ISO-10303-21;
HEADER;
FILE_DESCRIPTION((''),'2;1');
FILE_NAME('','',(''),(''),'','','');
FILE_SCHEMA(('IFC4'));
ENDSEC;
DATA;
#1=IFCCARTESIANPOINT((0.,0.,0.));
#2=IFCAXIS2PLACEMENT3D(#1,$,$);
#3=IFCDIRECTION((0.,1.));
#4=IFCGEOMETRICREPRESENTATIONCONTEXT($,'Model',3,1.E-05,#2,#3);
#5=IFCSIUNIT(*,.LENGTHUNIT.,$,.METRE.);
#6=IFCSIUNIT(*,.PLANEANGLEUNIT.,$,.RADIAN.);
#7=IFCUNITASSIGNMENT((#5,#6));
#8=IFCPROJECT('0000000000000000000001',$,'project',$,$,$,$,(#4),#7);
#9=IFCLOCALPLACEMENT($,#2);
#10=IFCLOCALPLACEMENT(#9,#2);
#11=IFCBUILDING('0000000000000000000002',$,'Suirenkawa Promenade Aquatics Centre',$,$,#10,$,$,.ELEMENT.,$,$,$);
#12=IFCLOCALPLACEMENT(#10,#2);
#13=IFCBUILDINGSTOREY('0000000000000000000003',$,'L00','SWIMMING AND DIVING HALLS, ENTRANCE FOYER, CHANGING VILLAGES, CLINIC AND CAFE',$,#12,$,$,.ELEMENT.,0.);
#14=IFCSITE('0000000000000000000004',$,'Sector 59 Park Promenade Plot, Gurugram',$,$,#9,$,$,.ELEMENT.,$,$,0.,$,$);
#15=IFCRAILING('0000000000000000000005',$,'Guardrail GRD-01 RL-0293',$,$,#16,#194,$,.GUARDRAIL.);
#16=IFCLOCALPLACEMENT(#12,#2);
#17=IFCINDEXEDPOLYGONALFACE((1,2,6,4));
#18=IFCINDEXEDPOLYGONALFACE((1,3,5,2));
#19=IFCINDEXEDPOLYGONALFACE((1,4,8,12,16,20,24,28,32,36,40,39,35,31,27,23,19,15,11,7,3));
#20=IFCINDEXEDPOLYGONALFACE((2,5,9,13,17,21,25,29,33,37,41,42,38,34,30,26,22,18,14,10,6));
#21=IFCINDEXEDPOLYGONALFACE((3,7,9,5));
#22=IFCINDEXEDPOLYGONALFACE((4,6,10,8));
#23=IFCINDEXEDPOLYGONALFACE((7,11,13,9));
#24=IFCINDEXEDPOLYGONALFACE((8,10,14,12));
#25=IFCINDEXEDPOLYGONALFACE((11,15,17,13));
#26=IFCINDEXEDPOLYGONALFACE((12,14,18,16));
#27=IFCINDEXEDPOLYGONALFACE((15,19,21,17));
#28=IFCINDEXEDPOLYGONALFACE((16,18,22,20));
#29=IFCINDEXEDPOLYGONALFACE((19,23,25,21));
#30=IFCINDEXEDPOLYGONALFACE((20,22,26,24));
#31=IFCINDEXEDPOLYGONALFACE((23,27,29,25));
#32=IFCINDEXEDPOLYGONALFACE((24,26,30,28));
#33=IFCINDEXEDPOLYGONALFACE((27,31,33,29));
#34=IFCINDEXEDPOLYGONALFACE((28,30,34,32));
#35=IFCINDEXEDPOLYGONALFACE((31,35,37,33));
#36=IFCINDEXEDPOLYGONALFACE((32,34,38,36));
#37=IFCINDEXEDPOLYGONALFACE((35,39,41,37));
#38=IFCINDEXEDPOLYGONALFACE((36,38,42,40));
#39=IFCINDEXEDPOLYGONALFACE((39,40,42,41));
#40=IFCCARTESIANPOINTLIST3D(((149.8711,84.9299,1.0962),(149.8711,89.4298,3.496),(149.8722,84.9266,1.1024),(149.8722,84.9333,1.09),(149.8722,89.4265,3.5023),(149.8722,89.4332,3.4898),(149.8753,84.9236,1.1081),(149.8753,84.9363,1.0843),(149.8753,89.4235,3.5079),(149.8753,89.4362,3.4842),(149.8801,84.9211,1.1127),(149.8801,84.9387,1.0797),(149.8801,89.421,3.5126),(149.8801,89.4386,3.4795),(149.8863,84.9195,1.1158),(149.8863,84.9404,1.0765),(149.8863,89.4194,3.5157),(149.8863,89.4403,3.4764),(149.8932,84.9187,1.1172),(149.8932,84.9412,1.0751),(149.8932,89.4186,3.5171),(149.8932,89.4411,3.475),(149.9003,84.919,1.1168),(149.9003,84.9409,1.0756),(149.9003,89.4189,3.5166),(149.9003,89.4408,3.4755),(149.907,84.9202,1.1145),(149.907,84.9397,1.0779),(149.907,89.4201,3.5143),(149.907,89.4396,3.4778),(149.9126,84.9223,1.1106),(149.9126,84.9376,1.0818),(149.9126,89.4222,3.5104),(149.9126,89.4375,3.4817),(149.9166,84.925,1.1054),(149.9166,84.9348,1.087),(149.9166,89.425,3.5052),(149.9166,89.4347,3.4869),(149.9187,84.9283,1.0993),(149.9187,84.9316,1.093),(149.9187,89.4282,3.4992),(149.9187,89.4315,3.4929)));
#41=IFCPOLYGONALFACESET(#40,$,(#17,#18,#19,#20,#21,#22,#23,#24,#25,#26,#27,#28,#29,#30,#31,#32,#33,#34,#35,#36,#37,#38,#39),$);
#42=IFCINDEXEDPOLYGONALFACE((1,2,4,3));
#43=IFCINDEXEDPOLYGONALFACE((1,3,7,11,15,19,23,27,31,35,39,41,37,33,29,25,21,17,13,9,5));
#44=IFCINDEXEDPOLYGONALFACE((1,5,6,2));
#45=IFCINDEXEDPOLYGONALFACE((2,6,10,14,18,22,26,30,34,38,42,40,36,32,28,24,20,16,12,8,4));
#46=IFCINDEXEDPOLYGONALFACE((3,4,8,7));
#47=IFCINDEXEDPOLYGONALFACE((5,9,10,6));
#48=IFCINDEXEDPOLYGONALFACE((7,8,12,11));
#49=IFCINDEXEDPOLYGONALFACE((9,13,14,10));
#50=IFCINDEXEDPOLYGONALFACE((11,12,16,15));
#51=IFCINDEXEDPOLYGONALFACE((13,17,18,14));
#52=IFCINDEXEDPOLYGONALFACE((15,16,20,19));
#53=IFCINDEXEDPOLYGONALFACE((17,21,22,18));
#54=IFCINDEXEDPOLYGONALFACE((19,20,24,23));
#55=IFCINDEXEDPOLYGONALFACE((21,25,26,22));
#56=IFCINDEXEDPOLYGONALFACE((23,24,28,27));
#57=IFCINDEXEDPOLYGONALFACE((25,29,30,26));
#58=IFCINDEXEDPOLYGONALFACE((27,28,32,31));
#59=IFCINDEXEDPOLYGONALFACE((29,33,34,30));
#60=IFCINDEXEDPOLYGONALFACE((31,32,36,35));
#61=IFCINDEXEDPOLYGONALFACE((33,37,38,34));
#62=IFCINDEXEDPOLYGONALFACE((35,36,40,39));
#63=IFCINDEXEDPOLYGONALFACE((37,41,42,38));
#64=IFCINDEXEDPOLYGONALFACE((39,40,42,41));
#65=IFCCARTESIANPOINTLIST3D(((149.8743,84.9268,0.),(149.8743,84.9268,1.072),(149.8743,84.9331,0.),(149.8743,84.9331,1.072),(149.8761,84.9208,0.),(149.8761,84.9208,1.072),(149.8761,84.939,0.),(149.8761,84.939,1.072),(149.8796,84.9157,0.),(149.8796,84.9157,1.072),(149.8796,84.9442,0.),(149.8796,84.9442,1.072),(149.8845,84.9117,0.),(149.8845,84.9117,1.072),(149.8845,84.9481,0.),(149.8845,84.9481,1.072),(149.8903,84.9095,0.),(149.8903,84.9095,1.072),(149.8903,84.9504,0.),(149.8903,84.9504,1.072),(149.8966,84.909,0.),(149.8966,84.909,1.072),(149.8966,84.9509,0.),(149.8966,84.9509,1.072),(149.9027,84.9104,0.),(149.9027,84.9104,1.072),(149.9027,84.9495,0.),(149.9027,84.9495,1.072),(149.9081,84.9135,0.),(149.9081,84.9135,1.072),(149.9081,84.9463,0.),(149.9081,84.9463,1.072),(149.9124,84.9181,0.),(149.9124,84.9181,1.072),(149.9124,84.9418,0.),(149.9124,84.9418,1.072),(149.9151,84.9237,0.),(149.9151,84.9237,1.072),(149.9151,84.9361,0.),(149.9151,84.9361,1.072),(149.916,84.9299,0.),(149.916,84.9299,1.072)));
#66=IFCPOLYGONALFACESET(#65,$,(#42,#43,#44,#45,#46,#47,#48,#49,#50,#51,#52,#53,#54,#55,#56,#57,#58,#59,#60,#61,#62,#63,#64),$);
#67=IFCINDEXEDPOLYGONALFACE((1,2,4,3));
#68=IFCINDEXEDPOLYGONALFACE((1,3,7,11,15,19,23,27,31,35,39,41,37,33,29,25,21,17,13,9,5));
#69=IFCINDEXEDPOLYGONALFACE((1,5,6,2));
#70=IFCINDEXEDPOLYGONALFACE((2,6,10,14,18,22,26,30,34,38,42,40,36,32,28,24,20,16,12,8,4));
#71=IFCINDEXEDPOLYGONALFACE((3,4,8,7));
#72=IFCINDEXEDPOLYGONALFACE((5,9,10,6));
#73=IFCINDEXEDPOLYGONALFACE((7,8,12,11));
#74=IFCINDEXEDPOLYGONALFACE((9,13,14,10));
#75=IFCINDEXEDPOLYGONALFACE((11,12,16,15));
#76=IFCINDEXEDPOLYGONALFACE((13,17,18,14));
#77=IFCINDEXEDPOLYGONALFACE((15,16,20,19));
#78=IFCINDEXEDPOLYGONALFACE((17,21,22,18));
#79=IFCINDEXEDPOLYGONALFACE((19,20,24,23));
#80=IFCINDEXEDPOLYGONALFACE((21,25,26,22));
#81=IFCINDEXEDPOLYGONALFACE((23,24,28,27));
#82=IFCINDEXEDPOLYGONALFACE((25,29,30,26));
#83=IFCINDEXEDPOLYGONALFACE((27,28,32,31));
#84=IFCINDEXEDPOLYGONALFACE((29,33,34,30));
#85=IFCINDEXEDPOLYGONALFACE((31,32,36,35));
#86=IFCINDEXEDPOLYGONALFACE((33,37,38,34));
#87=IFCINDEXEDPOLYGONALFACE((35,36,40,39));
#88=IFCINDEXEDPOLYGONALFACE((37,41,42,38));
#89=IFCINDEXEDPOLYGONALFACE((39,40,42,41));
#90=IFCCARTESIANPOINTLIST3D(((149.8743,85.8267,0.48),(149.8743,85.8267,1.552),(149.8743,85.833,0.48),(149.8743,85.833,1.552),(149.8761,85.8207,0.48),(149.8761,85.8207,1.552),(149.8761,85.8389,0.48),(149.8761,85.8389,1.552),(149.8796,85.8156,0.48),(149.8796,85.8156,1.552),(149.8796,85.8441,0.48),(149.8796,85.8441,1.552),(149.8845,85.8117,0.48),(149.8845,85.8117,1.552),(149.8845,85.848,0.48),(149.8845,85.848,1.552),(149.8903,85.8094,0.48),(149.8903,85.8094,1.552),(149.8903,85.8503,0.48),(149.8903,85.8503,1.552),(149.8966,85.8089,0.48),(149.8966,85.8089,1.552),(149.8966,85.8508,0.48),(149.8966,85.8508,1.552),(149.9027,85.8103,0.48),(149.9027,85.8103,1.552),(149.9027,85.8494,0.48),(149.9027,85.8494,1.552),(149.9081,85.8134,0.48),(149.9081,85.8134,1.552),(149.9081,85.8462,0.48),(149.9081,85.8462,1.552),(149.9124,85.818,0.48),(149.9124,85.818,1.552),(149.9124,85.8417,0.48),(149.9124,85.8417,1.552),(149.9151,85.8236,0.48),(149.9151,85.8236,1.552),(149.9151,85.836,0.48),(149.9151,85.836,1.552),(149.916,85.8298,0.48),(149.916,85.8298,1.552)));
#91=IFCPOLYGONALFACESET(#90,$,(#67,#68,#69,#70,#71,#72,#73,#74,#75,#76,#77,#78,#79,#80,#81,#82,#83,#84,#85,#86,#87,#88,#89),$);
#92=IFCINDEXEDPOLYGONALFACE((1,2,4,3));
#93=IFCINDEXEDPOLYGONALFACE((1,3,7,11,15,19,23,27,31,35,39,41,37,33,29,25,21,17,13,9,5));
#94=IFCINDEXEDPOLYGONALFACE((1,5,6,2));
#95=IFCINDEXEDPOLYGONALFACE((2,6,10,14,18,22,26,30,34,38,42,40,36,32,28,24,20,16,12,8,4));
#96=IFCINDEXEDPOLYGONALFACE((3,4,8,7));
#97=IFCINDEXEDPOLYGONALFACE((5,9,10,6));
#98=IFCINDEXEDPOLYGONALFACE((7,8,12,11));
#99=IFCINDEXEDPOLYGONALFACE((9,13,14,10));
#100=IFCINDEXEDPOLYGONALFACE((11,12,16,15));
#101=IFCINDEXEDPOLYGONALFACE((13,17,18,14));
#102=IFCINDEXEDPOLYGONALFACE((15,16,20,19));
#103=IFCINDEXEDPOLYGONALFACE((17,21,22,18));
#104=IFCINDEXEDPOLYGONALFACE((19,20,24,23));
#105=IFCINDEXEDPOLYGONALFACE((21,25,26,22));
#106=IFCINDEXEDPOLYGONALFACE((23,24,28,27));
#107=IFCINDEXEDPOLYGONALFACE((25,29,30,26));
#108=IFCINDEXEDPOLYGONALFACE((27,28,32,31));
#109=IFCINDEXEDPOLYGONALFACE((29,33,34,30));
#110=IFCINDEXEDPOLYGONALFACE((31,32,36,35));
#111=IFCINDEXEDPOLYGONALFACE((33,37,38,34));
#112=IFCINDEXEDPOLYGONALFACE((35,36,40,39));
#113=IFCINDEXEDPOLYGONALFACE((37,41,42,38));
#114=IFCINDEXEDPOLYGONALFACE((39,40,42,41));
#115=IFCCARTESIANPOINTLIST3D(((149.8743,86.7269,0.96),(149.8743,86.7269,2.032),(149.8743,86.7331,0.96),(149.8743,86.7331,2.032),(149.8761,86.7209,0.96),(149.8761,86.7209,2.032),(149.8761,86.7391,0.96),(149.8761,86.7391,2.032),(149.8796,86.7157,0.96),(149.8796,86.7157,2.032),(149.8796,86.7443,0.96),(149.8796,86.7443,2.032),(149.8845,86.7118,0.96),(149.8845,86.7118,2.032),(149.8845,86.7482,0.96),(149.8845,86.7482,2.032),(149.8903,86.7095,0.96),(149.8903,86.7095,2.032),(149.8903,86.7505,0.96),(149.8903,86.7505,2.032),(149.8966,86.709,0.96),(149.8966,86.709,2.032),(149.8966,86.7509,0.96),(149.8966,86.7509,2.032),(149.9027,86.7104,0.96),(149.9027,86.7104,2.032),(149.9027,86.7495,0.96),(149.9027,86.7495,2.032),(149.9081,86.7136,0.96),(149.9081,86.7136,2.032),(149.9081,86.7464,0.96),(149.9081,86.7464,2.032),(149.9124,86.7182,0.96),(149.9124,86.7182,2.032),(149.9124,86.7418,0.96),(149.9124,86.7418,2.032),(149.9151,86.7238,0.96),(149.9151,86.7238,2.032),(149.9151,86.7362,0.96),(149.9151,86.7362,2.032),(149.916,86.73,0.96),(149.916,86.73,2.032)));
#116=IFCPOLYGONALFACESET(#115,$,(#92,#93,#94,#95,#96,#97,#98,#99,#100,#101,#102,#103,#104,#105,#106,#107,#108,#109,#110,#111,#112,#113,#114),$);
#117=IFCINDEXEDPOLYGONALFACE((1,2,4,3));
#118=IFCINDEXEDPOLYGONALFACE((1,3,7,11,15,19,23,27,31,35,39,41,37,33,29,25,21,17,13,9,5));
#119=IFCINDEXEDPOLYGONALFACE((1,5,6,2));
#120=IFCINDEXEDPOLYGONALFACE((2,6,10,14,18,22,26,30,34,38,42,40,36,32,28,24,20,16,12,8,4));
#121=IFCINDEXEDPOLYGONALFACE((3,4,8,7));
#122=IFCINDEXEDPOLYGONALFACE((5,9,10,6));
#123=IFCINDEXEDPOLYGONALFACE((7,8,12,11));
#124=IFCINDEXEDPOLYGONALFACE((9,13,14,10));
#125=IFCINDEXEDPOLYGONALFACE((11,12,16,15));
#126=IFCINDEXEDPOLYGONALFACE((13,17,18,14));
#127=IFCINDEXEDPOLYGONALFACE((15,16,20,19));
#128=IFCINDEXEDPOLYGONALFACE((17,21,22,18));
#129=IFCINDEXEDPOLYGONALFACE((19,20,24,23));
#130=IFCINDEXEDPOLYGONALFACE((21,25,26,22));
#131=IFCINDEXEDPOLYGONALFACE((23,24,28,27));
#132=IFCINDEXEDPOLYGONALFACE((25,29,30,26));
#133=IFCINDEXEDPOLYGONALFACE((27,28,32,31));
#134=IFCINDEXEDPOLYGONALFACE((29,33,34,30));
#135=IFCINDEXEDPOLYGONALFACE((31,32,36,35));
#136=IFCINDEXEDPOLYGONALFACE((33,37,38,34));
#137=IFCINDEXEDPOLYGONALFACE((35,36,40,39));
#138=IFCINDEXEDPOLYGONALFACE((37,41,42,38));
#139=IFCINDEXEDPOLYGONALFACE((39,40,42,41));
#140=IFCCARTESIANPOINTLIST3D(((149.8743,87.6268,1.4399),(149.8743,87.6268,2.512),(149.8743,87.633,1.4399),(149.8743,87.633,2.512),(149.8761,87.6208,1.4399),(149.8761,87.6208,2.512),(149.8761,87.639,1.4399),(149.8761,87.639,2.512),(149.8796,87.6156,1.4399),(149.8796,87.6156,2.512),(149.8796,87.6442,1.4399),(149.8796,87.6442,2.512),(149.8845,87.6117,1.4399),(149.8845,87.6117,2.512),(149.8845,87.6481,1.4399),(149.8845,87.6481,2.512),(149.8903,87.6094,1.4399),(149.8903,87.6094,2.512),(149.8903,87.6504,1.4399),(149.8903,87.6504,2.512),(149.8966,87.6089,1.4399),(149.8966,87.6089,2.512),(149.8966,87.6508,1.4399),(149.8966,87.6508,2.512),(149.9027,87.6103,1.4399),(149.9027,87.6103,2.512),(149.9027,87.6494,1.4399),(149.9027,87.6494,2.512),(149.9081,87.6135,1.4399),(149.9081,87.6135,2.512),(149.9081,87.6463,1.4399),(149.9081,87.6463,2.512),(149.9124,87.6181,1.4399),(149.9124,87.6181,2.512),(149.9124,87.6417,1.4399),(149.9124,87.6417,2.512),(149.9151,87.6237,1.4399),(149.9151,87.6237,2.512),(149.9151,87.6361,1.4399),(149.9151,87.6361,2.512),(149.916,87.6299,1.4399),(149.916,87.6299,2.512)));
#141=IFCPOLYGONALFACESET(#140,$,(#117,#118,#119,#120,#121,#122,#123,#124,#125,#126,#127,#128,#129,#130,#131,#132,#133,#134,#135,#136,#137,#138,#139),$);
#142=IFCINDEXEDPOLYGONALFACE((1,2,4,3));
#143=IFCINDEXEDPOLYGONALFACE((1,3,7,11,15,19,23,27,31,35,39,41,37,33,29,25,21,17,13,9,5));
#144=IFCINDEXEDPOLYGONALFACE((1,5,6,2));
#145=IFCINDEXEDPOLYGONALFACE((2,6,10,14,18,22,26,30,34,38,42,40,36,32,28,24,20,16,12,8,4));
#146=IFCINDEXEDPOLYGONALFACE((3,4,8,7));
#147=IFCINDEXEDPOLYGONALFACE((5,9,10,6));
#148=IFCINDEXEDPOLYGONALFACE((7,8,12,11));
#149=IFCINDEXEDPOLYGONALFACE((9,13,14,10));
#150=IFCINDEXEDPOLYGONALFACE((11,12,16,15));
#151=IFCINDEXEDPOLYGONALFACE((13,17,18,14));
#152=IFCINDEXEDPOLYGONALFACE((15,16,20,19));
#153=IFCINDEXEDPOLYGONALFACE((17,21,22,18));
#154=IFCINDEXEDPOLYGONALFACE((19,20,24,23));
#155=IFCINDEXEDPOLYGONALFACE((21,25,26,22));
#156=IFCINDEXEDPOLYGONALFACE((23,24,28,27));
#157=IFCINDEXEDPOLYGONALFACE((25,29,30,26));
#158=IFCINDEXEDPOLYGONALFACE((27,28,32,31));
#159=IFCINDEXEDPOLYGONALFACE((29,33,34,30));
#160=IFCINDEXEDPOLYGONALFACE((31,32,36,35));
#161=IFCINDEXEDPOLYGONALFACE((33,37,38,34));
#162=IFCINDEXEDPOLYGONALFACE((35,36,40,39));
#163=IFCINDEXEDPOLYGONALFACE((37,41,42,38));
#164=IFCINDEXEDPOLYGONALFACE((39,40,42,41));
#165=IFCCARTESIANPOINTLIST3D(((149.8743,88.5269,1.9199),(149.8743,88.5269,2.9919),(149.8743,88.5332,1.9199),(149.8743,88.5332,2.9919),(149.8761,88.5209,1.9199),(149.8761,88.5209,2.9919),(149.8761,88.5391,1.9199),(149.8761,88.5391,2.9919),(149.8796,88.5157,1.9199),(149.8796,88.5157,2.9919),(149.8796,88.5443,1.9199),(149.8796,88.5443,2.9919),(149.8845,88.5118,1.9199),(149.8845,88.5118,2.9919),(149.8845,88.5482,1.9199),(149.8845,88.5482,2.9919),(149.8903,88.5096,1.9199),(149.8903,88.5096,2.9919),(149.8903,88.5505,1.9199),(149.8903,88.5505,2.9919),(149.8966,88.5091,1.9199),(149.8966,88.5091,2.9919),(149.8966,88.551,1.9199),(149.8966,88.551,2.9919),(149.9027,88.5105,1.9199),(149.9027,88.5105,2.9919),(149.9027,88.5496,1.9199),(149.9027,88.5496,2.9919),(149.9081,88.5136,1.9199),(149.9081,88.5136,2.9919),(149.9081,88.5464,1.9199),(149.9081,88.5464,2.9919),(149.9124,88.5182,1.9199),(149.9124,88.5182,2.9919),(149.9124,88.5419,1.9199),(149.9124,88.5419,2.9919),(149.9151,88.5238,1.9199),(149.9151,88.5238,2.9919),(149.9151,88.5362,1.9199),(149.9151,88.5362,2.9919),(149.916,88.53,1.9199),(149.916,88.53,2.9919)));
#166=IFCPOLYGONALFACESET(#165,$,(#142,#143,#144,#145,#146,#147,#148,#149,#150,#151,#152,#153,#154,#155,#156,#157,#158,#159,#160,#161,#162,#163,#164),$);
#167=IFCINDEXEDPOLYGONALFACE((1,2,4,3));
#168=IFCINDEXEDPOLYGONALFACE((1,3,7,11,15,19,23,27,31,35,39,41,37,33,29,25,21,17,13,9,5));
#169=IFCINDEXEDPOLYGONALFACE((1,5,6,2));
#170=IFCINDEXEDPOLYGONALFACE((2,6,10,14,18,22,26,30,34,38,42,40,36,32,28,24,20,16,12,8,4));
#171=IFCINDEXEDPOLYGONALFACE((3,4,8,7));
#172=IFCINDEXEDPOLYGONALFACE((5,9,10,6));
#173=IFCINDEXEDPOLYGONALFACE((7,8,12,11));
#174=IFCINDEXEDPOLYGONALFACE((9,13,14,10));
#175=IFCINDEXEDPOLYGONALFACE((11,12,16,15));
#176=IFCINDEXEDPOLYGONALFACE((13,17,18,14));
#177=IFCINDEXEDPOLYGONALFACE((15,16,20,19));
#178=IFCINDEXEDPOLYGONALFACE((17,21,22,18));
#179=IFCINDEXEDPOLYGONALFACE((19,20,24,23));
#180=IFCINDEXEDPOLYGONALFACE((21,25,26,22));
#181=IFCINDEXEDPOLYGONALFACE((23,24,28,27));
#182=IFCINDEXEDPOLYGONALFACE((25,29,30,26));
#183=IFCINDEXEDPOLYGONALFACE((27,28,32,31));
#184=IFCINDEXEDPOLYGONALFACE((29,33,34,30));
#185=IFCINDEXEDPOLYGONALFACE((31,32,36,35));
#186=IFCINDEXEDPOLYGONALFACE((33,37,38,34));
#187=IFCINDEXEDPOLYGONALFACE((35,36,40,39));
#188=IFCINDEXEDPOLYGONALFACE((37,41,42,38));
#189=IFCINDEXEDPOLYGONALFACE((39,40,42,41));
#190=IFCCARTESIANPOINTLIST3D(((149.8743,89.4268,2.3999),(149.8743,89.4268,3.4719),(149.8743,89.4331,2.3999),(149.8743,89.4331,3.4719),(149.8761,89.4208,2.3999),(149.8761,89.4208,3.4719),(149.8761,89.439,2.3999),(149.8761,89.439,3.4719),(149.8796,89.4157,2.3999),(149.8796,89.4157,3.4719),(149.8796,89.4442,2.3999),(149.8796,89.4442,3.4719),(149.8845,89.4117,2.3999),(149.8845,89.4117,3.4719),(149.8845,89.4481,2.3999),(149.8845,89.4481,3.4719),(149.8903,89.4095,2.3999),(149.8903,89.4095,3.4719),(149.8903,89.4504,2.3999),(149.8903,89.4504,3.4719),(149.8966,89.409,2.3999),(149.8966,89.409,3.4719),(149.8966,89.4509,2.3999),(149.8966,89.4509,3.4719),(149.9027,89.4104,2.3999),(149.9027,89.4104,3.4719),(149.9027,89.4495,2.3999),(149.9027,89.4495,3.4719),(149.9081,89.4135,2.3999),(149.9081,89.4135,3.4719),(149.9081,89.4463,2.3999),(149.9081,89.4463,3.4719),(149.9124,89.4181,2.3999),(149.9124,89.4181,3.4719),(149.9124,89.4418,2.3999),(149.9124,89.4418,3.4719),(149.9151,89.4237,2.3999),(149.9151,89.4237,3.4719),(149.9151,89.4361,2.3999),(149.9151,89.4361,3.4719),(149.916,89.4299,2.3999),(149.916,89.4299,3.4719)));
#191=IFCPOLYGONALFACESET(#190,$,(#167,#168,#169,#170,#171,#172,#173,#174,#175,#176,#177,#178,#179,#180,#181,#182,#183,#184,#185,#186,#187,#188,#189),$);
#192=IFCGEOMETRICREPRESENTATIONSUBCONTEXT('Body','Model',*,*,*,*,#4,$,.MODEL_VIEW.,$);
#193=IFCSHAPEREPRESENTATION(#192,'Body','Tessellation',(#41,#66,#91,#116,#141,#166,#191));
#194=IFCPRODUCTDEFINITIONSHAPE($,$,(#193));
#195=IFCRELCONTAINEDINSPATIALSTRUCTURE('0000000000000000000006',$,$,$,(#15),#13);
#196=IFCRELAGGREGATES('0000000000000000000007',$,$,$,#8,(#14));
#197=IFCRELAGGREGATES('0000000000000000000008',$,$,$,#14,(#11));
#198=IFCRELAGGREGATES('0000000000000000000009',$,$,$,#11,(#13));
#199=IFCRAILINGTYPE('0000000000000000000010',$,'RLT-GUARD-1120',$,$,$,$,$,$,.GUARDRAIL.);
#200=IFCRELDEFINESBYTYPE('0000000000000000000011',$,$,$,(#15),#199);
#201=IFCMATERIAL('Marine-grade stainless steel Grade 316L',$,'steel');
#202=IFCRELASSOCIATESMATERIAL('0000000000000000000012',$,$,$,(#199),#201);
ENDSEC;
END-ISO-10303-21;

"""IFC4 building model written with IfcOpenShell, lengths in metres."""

from ifc_helpers import new_model, si_unit, direction, frame, origin, origin_2d, place, context, subcontext, project, spatial, circle, extrude, material, type_object, element, save


model = new_model("IFC4")

# Units and contexts
model_context = context("Model", 3, precision=1e-05, world=origin(), true_north=direction((0.0, 1.0)))
body_context = subcontext(model_context, "Body", "Model", "MODEL_VIEW")
ifc_project = project(units=[si_unit("LENGTHUNIT", "METRE"), si_unit("PLANEANGLEUNIT", "RADIAN")], contexts=[model_context])

# Site, building, storey
site_placement = place(None, origin())
site = spatial("IfcSite", under=ifc_project, at=site_placement, Name="Sector 59 Park Promenade Plot, Gurugram", CompositionType="ELEMENT", RefElevation=0.0)
building_placement = place(site_placement, origin())
building = spatial("IfcBuilding", under=site, at=building_placement, Name="Suirenkawa Promenade Aquatics Centre", CompositionType="ELEMENT")
storey_placement = place(building_placement, origin())
storey = spatial("IfcBuildingStorey", under=building, at=storey_placement, Name="L00", Description="SWIMMING AND DIVING HALLS, ENTRANCE FOYER, CHANGING VILLAGES, CLINIC AND CAFE", CompositionType="ELEMENT", Elevation=0.0)

# Railing
ifc_material_1 = material(Name="Marine-grade stainless steel Grade 316L", Category="steel")
railing_type_1 = type_object("IfcRailingType", Name="RLT-GUARD-1120", PredefinedType="GUARDRAIL", material=ifc_material_1)
for number, where, name in (
    (1, (149.895, 84.9299, 0.0), "Guardrail GRD-01 RL-0293"),
):
    element("IfcRailing", number, at=place(storey_placement, frame(where)), inside=storey, type_object=railing_type_1, Name=name, PredefinedType="GUARDRAIL", context=body_context, shape_type="SweptSolid", body=[
        extrude(circle(Radius=0.0239, at=origin_2d()), frame((0.0, 0.0, 1.0962), z_axis=(0.0, 0.882361, 0.470573), x_axis=(-1.0, 0.0, 0.0)), (0.0, 0.0, 1.0), 5.0999),
        extrude(circle(Radius=0.021, at=origin_2d()), origin(), (0.0, 0.0, 1.0), 1.072),
        extrude(circle(Radius=0.021, at=origin_2d()), frame((0.0, 0.8999, 0.48)), (0.0, 0.0, 1.0), 1.072),
        extrude(circle(Radius=0.021, at=origin_2d()), frame((0.0, 1.8, 0.96)), (0.0, 0.0, 1.0), 1.072),
        extrude(circle(Radius=0.021, at=origin_2d()), frame((0.0, 2.7, 1.4399)), (0.0, 0.0, 1.0), 1.072),
        extrude(circle(Radius=0.021, at=origin_2d()), frame((0.0, 3.6001, 1.9199)), (0.0, 0.0, 1.0), 1.072),
        extrude(circle(Radius=0.021, at=origin_2d()), frame((0.0, 4.5, 2.3999)), (0.0, 0.0, 1.0), 1.072),
    ])

save(model, "model.ifc")
